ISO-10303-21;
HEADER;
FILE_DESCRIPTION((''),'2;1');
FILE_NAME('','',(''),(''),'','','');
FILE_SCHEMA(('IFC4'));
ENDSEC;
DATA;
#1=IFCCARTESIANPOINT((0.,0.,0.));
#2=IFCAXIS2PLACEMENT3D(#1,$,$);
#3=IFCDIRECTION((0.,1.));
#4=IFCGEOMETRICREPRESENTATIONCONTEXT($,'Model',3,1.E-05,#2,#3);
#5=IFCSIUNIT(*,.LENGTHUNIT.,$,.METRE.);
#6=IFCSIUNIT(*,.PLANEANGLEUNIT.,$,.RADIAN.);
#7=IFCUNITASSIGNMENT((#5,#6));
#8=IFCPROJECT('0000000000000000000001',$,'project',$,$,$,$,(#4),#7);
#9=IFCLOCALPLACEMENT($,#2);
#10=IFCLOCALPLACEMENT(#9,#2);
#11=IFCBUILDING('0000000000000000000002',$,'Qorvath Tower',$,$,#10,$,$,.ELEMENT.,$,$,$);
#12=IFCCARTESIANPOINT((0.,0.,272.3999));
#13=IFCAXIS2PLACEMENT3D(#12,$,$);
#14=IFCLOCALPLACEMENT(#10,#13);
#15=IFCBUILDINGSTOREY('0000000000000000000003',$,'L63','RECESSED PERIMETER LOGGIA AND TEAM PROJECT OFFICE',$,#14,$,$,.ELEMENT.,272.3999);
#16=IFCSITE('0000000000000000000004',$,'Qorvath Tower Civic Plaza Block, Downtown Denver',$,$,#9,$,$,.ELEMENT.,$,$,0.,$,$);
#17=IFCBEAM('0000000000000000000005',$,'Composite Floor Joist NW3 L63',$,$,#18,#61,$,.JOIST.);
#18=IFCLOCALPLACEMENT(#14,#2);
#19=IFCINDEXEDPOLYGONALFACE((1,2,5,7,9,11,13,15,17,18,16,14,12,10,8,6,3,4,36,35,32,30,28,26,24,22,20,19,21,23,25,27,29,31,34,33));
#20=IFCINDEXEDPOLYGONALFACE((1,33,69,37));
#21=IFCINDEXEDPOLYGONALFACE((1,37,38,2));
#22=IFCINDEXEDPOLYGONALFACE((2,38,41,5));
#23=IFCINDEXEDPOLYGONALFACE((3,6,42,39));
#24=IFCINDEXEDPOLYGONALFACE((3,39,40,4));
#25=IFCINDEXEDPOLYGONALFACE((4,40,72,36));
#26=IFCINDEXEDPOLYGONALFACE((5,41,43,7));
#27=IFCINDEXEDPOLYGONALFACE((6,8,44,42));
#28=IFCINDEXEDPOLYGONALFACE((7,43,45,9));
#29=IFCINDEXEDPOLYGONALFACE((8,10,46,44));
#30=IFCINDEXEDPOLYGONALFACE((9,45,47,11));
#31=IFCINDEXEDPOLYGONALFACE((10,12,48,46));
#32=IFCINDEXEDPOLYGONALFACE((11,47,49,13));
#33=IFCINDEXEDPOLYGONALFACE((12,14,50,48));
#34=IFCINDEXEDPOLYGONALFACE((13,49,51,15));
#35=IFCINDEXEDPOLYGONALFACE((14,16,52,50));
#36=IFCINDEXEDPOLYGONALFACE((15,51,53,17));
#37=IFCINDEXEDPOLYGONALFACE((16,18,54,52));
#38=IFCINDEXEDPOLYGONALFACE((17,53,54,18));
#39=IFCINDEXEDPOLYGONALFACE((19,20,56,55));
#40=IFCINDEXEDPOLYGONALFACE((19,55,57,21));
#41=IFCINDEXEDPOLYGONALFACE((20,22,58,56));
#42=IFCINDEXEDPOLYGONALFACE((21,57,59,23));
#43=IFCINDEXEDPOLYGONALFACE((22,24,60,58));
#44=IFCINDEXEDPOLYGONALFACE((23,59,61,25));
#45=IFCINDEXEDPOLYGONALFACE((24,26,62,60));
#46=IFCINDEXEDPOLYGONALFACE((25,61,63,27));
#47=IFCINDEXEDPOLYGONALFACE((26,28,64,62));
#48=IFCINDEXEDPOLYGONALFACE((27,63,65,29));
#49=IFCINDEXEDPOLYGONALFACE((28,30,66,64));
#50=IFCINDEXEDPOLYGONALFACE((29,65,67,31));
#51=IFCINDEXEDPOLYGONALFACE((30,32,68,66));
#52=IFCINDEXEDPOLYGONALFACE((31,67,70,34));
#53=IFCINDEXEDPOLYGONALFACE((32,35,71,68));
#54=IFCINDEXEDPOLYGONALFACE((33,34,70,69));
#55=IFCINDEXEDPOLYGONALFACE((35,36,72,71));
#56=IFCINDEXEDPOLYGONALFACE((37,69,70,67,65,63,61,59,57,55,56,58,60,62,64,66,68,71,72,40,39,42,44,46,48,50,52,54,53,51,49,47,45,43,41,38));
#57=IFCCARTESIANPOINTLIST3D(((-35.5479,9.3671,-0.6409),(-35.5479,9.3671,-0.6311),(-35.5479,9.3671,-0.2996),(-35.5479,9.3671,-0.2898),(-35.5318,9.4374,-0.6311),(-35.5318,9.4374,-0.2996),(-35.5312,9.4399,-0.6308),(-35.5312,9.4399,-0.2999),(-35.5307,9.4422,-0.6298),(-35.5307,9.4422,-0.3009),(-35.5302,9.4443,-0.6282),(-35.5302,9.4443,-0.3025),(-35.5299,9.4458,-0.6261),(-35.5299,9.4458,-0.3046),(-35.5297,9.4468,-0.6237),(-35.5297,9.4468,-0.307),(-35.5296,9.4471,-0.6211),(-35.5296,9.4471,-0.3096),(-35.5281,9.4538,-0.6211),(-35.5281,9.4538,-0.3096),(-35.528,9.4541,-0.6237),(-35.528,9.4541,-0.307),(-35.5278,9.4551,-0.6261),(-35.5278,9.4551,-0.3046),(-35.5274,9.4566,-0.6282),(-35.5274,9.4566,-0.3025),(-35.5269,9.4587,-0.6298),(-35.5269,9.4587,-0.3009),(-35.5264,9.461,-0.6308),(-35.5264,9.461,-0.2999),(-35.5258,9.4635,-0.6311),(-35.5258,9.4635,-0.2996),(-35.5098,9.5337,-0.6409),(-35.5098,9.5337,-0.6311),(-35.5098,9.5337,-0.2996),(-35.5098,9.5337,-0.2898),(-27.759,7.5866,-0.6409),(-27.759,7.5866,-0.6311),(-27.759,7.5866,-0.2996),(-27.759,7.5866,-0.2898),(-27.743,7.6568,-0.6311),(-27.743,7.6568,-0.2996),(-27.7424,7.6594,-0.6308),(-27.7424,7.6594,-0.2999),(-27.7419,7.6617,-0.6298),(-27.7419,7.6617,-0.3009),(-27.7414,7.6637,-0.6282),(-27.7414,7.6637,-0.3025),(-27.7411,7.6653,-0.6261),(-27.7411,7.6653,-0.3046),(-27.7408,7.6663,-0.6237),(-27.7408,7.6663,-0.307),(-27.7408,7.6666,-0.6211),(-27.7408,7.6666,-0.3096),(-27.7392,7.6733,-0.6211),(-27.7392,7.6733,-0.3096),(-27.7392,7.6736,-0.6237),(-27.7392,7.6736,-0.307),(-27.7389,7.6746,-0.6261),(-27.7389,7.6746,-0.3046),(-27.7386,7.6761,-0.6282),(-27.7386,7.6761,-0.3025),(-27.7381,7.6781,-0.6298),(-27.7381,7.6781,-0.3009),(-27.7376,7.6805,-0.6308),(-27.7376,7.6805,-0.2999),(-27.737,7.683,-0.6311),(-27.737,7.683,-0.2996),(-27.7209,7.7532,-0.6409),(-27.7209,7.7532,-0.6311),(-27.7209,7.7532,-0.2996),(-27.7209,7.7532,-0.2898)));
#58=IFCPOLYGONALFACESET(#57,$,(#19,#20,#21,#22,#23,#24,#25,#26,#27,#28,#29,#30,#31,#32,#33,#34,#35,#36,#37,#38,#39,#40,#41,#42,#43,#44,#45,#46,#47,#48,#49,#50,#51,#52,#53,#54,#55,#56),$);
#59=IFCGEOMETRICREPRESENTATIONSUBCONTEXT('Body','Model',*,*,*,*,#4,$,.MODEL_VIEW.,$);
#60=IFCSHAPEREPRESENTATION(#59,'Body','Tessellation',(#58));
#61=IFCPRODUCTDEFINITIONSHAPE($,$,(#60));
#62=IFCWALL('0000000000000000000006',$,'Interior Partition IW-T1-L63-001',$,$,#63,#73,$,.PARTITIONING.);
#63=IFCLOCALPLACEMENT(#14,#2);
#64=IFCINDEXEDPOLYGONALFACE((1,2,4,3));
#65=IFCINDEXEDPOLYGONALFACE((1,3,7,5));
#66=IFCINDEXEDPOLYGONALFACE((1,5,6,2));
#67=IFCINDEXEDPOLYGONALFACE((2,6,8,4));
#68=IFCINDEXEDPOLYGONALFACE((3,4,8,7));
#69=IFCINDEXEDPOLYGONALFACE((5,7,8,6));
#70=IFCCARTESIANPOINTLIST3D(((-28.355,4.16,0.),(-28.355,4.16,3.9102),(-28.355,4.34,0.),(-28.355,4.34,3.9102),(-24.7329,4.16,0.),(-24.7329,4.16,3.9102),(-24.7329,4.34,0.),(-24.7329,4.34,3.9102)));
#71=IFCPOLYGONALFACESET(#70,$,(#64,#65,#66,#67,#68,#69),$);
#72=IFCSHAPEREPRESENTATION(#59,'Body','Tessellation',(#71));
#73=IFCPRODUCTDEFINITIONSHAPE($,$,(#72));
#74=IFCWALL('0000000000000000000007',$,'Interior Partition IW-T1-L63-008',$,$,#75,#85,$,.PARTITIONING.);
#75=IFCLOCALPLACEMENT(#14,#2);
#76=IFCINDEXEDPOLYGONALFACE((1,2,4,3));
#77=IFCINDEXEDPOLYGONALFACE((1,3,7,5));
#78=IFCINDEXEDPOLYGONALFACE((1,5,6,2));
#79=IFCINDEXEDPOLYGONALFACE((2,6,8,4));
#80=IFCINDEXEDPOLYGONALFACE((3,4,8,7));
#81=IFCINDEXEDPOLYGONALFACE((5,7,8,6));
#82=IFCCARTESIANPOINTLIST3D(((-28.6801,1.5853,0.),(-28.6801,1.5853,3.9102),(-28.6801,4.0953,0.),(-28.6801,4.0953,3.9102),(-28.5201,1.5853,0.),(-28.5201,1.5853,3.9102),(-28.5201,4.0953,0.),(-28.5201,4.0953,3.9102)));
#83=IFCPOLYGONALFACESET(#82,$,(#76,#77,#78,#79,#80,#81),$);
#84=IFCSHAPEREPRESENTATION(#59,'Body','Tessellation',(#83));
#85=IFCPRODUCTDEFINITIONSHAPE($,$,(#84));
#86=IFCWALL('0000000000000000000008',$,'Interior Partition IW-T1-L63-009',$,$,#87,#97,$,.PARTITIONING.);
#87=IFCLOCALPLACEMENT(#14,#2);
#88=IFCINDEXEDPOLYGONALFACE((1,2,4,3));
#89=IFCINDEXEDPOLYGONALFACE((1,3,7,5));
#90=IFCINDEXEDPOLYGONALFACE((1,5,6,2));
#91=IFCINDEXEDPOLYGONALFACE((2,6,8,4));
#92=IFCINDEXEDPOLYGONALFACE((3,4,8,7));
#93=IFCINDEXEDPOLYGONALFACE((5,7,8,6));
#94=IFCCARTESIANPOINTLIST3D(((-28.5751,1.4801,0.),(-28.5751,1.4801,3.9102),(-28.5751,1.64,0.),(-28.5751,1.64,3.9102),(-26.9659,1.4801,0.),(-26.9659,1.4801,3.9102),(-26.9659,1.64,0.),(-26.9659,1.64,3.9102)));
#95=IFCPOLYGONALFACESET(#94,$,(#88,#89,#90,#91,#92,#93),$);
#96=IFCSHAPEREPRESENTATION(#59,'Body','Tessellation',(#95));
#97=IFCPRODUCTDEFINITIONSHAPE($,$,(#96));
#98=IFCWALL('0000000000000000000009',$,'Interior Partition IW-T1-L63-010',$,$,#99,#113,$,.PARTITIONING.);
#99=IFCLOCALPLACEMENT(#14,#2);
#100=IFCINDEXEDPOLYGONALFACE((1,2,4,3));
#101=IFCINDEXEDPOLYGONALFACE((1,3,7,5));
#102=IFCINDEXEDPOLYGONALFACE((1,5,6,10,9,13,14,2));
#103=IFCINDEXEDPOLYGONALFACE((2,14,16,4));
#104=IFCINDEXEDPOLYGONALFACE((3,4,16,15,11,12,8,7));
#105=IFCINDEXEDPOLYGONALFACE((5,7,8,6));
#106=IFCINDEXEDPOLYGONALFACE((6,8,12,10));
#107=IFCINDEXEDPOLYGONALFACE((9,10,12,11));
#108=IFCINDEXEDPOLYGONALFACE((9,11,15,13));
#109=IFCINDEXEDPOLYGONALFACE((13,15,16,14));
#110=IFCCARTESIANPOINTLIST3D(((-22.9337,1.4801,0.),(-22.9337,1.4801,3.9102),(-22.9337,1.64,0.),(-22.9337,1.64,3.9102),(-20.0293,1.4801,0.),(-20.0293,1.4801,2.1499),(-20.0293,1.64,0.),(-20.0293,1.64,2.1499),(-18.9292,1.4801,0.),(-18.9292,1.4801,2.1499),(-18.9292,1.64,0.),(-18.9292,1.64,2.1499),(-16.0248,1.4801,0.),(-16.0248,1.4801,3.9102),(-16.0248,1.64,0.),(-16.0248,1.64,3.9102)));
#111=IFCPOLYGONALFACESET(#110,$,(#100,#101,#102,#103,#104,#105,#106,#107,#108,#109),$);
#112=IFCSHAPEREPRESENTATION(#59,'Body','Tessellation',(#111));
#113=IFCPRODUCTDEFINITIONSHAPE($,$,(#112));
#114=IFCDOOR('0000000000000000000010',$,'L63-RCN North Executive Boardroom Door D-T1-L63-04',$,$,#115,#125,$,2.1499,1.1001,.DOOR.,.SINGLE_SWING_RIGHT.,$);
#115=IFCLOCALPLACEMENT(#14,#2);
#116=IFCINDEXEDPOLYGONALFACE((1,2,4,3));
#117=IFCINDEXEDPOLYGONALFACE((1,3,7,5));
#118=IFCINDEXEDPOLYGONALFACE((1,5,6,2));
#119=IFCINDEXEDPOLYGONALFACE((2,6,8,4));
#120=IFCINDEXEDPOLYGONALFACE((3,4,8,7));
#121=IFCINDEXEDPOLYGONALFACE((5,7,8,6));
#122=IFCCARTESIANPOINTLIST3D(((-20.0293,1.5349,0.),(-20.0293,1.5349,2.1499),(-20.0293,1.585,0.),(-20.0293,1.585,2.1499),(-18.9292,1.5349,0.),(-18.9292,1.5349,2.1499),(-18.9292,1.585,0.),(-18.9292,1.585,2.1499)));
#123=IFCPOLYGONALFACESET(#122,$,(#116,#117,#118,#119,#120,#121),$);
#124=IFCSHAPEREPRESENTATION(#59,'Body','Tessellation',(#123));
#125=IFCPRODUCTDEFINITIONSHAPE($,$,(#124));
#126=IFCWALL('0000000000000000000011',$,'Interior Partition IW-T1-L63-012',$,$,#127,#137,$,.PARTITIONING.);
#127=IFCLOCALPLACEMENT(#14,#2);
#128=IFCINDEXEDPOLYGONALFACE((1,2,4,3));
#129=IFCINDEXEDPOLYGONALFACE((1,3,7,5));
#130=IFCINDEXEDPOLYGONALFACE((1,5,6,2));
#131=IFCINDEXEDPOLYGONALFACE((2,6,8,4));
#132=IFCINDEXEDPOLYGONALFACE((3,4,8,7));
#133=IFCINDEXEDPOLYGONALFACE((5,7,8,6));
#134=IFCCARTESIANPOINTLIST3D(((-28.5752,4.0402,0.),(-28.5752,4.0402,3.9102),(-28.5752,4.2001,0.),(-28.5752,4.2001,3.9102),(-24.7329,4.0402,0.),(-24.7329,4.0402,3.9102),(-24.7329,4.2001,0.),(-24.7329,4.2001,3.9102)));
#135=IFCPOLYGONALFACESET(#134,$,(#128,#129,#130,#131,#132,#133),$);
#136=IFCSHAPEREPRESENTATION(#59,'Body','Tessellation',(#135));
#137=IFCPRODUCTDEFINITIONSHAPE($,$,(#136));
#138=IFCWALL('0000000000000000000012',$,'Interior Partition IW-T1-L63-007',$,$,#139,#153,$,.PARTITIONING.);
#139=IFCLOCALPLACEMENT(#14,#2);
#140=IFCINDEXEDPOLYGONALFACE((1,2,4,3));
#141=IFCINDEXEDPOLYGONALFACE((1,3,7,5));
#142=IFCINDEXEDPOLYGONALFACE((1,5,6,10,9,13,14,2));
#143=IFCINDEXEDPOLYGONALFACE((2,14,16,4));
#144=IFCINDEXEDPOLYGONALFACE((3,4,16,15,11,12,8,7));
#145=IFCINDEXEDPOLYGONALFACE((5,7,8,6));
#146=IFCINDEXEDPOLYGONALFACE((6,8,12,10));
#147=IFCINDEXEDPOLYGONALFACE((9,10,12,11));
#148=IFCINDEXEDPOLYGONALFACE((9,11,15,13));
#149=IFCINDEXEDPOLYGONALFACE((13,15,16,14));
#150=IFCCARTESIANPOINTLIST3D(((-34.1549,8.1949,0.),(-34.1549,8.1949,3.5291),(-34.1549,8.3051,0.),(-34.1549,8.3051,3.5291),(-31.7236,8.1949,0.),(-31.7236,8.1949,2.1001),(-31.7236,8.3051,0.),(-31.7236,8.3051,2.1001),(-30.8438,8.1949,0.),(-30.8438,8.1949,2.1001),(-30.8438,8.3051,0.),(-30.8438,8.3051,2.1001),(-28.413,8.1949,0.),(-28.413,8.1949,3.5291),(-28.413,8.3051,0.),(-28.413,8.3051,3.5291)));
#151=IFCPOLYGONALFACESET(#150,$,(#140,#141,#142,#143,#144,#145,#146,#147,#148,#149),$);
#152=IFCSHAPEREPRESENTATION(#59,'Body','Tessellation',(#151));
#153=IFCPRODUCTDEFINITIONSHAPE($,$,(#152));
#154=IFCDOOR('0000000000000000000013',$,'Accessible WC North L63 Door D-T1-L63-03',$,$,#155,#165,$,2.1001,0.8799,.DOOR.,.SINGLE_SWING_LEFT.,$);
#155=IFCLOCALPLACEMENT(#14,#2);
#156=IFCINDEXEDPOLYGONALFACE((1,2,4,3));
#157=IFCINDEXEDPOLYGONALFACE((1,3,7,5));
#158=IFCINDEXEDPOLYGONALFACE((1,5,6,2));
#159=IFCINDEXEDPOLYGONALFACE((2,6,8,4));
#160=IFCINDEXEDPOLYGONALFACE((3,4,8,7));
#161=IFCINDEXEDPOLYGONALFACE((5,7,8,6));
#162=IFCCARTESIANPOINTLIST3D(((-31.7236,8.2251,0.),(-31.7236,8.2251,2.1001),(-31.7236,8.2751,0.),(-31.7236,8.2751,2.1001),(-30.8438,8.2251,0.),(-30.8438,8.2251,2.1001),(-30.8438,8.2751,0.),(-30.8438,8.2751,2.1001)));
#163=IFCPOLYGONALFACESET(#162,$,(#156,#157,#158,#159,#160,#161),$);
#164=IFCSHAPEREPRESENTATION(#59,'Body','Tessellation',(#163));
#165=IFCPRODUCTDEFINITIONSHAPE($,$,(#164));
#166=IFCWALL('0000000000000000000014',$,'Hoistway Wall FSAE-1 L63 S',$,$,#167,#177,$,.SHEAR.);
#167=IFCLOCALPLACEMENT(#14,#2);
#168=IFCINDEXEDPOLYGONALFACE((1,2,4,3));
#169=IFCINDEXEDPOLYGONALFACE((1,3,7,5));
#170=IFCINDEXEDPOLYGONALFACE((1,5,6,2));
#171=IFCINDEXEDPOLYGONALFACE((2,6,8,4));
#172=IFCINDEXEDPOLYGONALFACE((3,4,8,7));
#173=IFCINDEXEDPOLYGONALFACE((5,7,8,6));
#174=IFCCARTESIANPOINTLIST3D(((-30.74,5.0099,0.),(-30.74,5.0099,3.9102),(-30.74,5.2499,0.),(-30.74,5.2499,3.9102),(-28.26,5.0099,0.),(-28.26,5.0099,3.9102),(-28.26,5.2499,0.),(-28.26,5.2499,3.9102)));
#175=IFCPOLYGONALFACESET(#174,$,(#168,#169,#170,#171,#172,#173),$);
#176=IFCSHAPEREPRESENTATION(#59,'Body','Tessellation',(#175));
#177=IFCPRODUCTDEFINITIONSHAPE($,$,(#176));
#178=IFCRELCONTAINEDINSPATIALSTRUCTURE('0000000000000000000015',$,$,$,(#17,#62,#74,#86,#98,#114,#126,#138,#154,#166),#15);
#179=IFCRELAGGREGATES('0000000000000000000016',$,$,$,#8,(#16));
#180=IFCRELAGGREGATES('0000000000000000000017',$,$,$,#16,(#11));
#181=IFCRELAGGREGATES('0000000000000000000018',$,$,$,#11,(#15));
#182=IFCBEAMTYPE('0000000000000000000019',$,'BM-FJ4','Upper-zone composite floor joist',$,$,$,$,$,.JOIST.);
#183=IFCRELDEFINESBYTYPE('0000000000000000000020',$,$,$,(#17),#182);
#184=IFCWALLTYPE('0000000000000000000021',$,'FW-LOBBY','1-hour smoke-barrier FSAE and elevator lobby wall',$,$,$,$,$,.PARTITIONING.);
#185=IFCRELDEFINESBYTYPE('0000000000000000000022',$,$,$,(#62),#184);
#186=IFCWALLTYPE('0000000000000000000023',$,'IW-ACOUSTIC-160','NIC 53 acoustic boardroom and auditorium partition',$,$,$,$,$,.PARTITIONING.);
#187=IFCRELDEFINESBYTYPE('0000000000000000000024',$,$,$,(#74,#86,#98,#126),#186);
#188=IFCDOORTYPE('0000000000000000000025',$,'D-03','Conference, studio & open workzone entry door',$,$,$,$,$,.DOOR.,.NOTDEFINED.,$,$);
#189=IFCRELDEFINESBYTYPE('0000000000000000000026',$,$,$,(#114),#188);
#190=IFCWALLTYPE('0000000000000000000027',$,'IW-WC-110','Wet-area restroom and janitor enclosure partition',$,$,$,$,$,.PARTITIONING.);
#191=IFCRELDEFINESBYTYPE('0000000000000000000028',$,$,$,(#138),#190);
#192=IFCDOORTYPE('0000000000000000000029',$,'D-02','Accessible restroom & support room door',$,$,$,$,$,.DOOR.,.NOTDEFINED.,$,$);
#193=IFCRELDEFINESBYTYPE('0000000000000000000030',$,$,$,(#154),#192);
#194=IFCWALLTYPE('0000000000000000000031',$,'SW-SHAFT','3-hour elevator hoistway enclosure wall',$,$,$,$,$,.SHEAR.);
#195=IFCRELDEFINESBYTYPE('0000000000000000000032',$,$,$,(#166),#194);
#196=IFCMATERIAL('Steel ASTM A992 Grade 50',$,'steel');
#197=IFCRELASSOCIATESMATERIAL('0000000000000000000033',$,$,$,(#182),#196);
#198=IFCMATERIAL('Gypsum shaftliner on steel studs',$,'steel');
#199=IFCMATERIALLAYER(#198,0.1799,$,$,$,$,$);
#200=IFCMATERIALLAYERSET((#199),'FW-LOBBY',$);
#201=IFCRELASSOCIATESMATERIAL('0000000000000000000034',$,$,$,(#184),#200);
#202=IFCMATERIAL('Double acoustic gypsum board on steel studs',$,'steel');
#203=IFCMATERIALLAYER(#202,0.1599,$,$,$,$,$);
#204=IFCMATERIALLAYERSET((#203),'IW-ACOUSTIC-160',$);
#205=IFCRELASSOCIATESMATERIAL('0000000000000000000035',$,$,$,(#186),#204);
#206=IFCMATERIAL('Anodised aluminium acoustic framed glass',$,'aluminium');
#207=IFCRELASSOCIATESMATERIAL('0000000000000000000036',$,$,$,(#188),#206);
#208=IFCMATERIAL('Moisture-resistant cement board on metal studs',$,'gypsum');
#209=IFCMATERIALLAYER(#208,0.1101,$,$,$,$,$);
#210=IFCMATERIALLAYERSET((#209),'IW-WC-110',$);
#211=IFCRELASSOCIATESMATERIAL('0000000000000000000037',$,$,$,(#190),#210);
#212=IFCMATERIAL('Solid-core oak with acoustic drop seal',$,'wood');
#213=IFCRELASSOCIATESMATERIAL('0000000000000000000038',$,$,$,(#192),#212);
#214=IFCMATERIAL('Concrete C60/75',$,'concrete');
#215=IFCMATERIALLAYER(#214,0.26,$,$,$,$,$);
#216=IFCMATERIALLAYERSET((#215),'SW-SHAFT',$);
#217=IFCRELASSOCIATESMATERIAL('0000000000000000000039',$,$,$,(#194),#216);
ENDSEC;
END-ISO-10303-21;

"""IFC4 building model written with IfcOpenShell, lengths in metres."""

from ifc_helpers import new_model, si_unit, direction, frame, frame_2d, origin, origin_2d, place, context, subcontext, project, spatial, rectangle, i_section, extrude, material, layer, layer_set, material_profile, profile_set, type_object, element, fill, save


model = new_model("IFC4")

# Units and contexts
model_context = context("Model", 3, precision=1e-05, world=origin(), true_north=direction((0.0, 1.0)))
body_context = subcontext(model_context, "Body", "Model", "MODEL_VIEW")
ifc_project = project(units=[si_unit("LENGTHUNIT", "METRE"), si_unit("PLANEANGLEUNIT", "RADIAN")], contexts=[model_context])

# Site, building, storey
site_placement = place(None, origin())
site = spatial("IfcSite", under=ifc_project, at=site_placement, Name="Qorvath Tower Civic Plaza Block, Downtown Denver", CompositionType="ELEMENT", RefElevation=0.0)
building_placement = place(site_placement, origin())
building = spatial("IfcBuilding", under=site, at=building_placement, Name="Qorvath Tower", CompositionType="ELEMENT")
storey_placement = place(building_placement, frame((0.0, 0.0, 272.3999)))
storey = spatial("IfcBuildingStorey", under=building, at=storey_placement, Name="L63", Description="RECESSED PERIMETER LOGGIA AND TEAM PROJECT OFFICE", CompositionType="ELEMENT", Elevation=272.3999)

# Beam
ifc_material_1 = material(Name="Steel ASTM A992 Grade 50", Category="steel")
ifc_material_profile = material_profile(ifc_material_1, i_section(OverallWidth=0.1709, OverallDepth=0.3511, WebThickness=0.0068, FlangeThickness=0.0098, FilletRadius=0.01, at=origin_2d()), Name="W14x30")
ifc_profile_set = profile_set([ifc_material_profile], Name="Steel ASTM A992 Grade 50")
beam_type = type_object("IfcBeamType", Name="BM-FJ4", Description="Upper-zone composite floor joist", PredefinedType="JOIST", material=ifc_profile_set)
beam_placement = place(storey_placement, frame((-27.74, 7.6699, -0.4653), z_axis=(-0.974853, 0.222851, 0.0), x_axis=(-0.222851, -0.974853, 0.0)))
element("IfcBeam", 1, at=beam_placement, inside=storey, type_object=beam_type, Name="Composite Floor Joist NW3 L63", PredefinedType="JOIST", context=body_context, shape_type="SweptSolid", body=[
    extrude(i_section(OverallWidth=0.1709, OverallDepth=0.3511, WebThickness=0.0068, FlangeThickness=0.0098, FilletRadius=0.01, at=origin_2d()), origin(), (0.0, 0.0, 1.0), 7.9897),
])

# Walls
ifc_material_2 = material(Name="Gypsum shaftliner on steel studs", Category="steel")
ifc_layer_1 = layer(ifc_material_2, 0.1799)
ifc_layer_set_1 = layer_set([ifc_layer_1], Name="FW-LOBBY")
wall_type_1 = type_object("IfcWallType", Name="FW-LOBBY", Description="1-hour smoke-barrier FSAE and elevator lobby wall", PredefinedType="PARTITIONING", material=ifc_layer_set_1)
wall_1_placement = place(storey_placement, frame((-28.355, 4.25, 0.0), z_axis=(0.0, 0.0, 1.0), x_axis=(1.0, 0.0, 0.0)))
element("IfcWall", 2, at=wall_1_placement, inside=storey, type_object=wall_type_1, Name="Interior Partition IW-T1-L63-001", PredefinedType="PARTITIONING", context=body_context, shape_type="SweptSolid", body=[
    extrude(rectangle(XDim=3.6221, YDim=0.1799, at=frame_2d((1.811, 0.0))), origin(), (0.0, 0.0, 1.0), 3.9102),
])
ifc_material_3 = material(Name="Double acoustic gypsum board on steel studs", Category="steel")
ifc_layer_2 = layer(ifc_material_3, 0.1599)
ifc_layer_set_2 = layer_set([ifc_layer_2], Name="IW-ACOUSTIC-160")
wall_type_2 = type_object("IfcWallType", Name="IW-ACOUSTIC-160", Description="NIC 53 acoustic boardroom and auditorium partition", PredefinedType="PARTITIONING", material=ifc_layer_set_2)
wall_2_placement = place(storey_placement, frame((-28.6001, 4.0952, 0.0), z_axis=(0.0, 0.0, 1.0), x_axis=(0.0, -1.0, 0.0)))
element("IfcWall", 3, at=wall_2_placement, inside=storey, type_object=wall_type_2, Name="Interior Partition IW-T1-L63-008", PredefinedType="PARTITIONING", context=body_context, shape_type="SweptSolid", body=[
    extrude(rectangle(XDim=2.51, YDim=0.1599, at=frame_2d((1.2549, 0.0))), origin(), (0.0, 0.0, 1.0), 3.9102),
])
wall_3_placement = place(storey_placement, frame((-28.5752, 1.5601, 0.0), z_axis=(0.0, 0.0, 1.0), x_axis=(1.0, 0.0, 0.0)))
element("IfcWall", 4, at=wall_3_placement, inside=storey, type_object=wall_type_2, Name="Interior Partition IW-T1-L63-009", PredefinedType="PARTITIONING", context=body_context, shape_type="SweptSolid", body=[
    extrude(rectangle(XDim=1.6091, YDim=0.1599, at=frame_2d((0.8047, 0.0))), origin(), (0.0, 0.0, 1.0), 3.9102),
])

# Wall, opening, door
wall_4_placement = place(storey_placement, frame((-22.9338, 1.5601, 0.0), z_axis=(0.0, 0.0, 1.0), x_axis=(1.0, 0.0, 0.0)))
wall_4 = element("IfcWall", 5, at=wall_4_placement, inside=storey, type_object=wall_type_2, Name="Interior Partition IW-T1-L63-010", PredefinedType="PARTITIONING", context=body_context, shape_type="SweptSolid", body=[
    extrude(rectangle(XDim=6.9089, YDim=0.1599, at=frame_2d((3.4546, 0.0))), origin(), (0.0, 0.0, 1.0), 3.9102),
])
opening_1_placement = place(wall_4_placement, frame((2.9045, 0.0, 0.0)))
opening_1 = element("IfcOpeningElement", 6, at=opening_1_placement, cuts=wall_4, PredefinedType="OPENING", context=body_context, shape_type="SweptSolid", body=[
    extrude(rectangle(XDim=1.1001, YDim=2.1499, at=frame_2d((0.55, 1.075))), frame((0.0, 0.0898, 0.0), z_axis=(0.0, -1.0, 0.0), x_axis=(1.0, 0.0, 0.0)), (0.0, 0.0, 1.0), 0.1799),
])
ifc_material_4 = material(Name="Anodised aluminium acoustic framed glass", Category="aluminium")
door_type_1 = type_object("IfcDoorType", Name="D-03", Description="Conference, studio & open workzone entry door", OperationType="NOTDEFINED", PredefinedType="DOOR", material=ifc_material_4)
door_1_placement = place(opening_1_placement, origin())
door_1 = element("IfcDoor", 7, at=door_1_placement, inside=storey, type_object=door_type_1, Name="L63-RCN North Executive Boardroom Door D-T1-L63-04", OperationType="SINGLE_SWING_RIGHT", OverallHeight=2.1499, OverallWidth=1.1001, PredefinedType="DOOR", context=body_context, shape_type="SweptSolid", body=[
    extrude(rectangle(XDim=1.1001, YDim=2.1499, at=frame_2d((0.55, 1.075))), frame((0.0, 0.0249, 0.0), z_axis=(0.0, -1.0, 0.0), x_axis=(1.0, 0.0, 0.0)), (0.0, 0.0, 1.0), 0.05),
])
fill(opening_1, door_1)

# Wall
wall_5_placement = place(storey_placement, frame((-24.7329, 4.1201, 0.0), z_axis=(0.0, 0.0, 1.0), x_axis=(-1.0, 0.0, 0.0)))
element("IfcWall", 8, at=wall_5_placement, inside=storey, type_object=wall_type_2, Name="Interior Partition IW-T1-L63-012", PredefinedType="PARTITIONING", context=body_context, shape_type="SweptSolid", body=[
    extrude(rectangle(XDim=3.8423, YDim=0.1599, at=frame_2d((1.9211, 0.0))), origin(), (0.0, 0.0, 1.0), 3.9102),
])

# Wall, opening, door
ifc_material_5 = material(Name="Moisture-resistant cement board on metal studs", Category="gypsum")
ifc_layer_3 = layer(ifc_material_5, 0.1101)
ifc_layer_set_3 = layer_set([ifc_layer_3], Name="IW-WC-110")
wall_type_3 = type_object("IfcWallType", Name="IW-WC-110", Description="Wet-area restroom and janitor enclosure partition", PredefinedType="PARTITIONING", material=ifc_layer_set_3)
wall_6_placement = place(storey_placement, frame((-28.4128, 8.25, 0.0), z_axis=(0.0, 0.0, 1.0), x_axis=(-1.0, 0.0, 0.0)))
wall_6 = element("IfcWall", 9, at=wall_6_placement, inside=storey, type_object=wall_type_3, Name="Interior Partition IW-T1-L63-007", PredefinedType="PARTITIONING", context=body_context, shape_type="SweptSolid", body=[
    extrude(rectangle(XDim=5.7419, YDim=0.1101, at=frame_2d((2.8711, 0.0))), origin(), (0.0, 0.0, 1.0), 3.5291),
])
opening_2_placement = place(wall_6_placement, frame((2.4309, 0.0, 0.0)))
opening_2 = element("IfcOpeningElement", 10, at=opening_2_placement, cuts=wall_6, PredefinedType="OPENING", context=body_context, shape_type="SweptSolid", body=[
    extrude(rectangle(XDim=0.8799, YDim=2.1001, at=frame_2d((0.4399, 1.05))), frame((0.0, 0.0649, 0.0), z_axis=(0.0, -1.0, 0.0), x_axis=(1.0, 0.0, 0.0)), (0.0, 0.0, 1.0), 0.1301),
])
ifc_material_6 = material(Name="Solid-core oak with acoustic drop seal", Category="wood")
door_type_2 = type_object("IfcDoorType", Name="D-02", Description="Accessible restroom & support room door", OperationType="NOTDEFINED", PredefinedType="DOOR", material=ifc_material_6)
door_2_placement = place(opening_2_placement, origin())
door_2 = element("IfcDoor", 11, at=door_2_placement, inside=storey, type_object=door_type_2, Name="Accessible WC North L63 Door D-T1-L63-03", OperationType="SINGLE_SWING_LEFT", OverallHeight=2.1001, OverallWidth=0.8799, PredefinedType="DOOR", context=body_context, shape_type="SweptSolid", body=[
    extrude(rectangle(XDim=0.8799, YDim=2.1001, at=frame_2d((0.4399, 1.05))), frame((0.0, 0.0249, 0.0), z_axis=(0.0, -1.0, 0.0), x_axis=(1.0, 0.0, 0.0)), (0.0, 0.0, 1.0), 0.05),
])
fill(opening_2, door_2)

# Wall
ifc_material_7 = material(Name="Concrete C60/75", Category="concrete")
ifc_layer_4 = layer(ifc_material_7, 0.26)
ifc_layer_set_4 = layer_set([ifc_layer_4], Name="SW-SHAFT")
wall_type_4 = type_object("IfcWallType", Name="SW-SHAFT", Description="3-hour elevator hoistway enclosure wall", PredefinedType="SHEAR", material=ifc_layer_set_4)
wall_7_placement = place(storey_placement, frame((-28.26, 5.1299, 0.0), z_axis=(0.0, 0.0, 1.0), x_axis=(-1.0, 0.0, 0.0)))
element("IfcWall", 12, at=wall_7_placement, inside=storey, type_object=wall_type_4, Name="Hoistway Wall FSAE-1 L63 S", PredefinedType="SHEAR", context=body_context, shape_type="SweptSolid", body=[
    extrude(rectangle(XDim=2.48, YDim=0.24, at=frame_2d((1.24, 0.0))), origin(), (0.0, 0.0, 1.0), 3.9102),
])

save(model, "model.ifc")
